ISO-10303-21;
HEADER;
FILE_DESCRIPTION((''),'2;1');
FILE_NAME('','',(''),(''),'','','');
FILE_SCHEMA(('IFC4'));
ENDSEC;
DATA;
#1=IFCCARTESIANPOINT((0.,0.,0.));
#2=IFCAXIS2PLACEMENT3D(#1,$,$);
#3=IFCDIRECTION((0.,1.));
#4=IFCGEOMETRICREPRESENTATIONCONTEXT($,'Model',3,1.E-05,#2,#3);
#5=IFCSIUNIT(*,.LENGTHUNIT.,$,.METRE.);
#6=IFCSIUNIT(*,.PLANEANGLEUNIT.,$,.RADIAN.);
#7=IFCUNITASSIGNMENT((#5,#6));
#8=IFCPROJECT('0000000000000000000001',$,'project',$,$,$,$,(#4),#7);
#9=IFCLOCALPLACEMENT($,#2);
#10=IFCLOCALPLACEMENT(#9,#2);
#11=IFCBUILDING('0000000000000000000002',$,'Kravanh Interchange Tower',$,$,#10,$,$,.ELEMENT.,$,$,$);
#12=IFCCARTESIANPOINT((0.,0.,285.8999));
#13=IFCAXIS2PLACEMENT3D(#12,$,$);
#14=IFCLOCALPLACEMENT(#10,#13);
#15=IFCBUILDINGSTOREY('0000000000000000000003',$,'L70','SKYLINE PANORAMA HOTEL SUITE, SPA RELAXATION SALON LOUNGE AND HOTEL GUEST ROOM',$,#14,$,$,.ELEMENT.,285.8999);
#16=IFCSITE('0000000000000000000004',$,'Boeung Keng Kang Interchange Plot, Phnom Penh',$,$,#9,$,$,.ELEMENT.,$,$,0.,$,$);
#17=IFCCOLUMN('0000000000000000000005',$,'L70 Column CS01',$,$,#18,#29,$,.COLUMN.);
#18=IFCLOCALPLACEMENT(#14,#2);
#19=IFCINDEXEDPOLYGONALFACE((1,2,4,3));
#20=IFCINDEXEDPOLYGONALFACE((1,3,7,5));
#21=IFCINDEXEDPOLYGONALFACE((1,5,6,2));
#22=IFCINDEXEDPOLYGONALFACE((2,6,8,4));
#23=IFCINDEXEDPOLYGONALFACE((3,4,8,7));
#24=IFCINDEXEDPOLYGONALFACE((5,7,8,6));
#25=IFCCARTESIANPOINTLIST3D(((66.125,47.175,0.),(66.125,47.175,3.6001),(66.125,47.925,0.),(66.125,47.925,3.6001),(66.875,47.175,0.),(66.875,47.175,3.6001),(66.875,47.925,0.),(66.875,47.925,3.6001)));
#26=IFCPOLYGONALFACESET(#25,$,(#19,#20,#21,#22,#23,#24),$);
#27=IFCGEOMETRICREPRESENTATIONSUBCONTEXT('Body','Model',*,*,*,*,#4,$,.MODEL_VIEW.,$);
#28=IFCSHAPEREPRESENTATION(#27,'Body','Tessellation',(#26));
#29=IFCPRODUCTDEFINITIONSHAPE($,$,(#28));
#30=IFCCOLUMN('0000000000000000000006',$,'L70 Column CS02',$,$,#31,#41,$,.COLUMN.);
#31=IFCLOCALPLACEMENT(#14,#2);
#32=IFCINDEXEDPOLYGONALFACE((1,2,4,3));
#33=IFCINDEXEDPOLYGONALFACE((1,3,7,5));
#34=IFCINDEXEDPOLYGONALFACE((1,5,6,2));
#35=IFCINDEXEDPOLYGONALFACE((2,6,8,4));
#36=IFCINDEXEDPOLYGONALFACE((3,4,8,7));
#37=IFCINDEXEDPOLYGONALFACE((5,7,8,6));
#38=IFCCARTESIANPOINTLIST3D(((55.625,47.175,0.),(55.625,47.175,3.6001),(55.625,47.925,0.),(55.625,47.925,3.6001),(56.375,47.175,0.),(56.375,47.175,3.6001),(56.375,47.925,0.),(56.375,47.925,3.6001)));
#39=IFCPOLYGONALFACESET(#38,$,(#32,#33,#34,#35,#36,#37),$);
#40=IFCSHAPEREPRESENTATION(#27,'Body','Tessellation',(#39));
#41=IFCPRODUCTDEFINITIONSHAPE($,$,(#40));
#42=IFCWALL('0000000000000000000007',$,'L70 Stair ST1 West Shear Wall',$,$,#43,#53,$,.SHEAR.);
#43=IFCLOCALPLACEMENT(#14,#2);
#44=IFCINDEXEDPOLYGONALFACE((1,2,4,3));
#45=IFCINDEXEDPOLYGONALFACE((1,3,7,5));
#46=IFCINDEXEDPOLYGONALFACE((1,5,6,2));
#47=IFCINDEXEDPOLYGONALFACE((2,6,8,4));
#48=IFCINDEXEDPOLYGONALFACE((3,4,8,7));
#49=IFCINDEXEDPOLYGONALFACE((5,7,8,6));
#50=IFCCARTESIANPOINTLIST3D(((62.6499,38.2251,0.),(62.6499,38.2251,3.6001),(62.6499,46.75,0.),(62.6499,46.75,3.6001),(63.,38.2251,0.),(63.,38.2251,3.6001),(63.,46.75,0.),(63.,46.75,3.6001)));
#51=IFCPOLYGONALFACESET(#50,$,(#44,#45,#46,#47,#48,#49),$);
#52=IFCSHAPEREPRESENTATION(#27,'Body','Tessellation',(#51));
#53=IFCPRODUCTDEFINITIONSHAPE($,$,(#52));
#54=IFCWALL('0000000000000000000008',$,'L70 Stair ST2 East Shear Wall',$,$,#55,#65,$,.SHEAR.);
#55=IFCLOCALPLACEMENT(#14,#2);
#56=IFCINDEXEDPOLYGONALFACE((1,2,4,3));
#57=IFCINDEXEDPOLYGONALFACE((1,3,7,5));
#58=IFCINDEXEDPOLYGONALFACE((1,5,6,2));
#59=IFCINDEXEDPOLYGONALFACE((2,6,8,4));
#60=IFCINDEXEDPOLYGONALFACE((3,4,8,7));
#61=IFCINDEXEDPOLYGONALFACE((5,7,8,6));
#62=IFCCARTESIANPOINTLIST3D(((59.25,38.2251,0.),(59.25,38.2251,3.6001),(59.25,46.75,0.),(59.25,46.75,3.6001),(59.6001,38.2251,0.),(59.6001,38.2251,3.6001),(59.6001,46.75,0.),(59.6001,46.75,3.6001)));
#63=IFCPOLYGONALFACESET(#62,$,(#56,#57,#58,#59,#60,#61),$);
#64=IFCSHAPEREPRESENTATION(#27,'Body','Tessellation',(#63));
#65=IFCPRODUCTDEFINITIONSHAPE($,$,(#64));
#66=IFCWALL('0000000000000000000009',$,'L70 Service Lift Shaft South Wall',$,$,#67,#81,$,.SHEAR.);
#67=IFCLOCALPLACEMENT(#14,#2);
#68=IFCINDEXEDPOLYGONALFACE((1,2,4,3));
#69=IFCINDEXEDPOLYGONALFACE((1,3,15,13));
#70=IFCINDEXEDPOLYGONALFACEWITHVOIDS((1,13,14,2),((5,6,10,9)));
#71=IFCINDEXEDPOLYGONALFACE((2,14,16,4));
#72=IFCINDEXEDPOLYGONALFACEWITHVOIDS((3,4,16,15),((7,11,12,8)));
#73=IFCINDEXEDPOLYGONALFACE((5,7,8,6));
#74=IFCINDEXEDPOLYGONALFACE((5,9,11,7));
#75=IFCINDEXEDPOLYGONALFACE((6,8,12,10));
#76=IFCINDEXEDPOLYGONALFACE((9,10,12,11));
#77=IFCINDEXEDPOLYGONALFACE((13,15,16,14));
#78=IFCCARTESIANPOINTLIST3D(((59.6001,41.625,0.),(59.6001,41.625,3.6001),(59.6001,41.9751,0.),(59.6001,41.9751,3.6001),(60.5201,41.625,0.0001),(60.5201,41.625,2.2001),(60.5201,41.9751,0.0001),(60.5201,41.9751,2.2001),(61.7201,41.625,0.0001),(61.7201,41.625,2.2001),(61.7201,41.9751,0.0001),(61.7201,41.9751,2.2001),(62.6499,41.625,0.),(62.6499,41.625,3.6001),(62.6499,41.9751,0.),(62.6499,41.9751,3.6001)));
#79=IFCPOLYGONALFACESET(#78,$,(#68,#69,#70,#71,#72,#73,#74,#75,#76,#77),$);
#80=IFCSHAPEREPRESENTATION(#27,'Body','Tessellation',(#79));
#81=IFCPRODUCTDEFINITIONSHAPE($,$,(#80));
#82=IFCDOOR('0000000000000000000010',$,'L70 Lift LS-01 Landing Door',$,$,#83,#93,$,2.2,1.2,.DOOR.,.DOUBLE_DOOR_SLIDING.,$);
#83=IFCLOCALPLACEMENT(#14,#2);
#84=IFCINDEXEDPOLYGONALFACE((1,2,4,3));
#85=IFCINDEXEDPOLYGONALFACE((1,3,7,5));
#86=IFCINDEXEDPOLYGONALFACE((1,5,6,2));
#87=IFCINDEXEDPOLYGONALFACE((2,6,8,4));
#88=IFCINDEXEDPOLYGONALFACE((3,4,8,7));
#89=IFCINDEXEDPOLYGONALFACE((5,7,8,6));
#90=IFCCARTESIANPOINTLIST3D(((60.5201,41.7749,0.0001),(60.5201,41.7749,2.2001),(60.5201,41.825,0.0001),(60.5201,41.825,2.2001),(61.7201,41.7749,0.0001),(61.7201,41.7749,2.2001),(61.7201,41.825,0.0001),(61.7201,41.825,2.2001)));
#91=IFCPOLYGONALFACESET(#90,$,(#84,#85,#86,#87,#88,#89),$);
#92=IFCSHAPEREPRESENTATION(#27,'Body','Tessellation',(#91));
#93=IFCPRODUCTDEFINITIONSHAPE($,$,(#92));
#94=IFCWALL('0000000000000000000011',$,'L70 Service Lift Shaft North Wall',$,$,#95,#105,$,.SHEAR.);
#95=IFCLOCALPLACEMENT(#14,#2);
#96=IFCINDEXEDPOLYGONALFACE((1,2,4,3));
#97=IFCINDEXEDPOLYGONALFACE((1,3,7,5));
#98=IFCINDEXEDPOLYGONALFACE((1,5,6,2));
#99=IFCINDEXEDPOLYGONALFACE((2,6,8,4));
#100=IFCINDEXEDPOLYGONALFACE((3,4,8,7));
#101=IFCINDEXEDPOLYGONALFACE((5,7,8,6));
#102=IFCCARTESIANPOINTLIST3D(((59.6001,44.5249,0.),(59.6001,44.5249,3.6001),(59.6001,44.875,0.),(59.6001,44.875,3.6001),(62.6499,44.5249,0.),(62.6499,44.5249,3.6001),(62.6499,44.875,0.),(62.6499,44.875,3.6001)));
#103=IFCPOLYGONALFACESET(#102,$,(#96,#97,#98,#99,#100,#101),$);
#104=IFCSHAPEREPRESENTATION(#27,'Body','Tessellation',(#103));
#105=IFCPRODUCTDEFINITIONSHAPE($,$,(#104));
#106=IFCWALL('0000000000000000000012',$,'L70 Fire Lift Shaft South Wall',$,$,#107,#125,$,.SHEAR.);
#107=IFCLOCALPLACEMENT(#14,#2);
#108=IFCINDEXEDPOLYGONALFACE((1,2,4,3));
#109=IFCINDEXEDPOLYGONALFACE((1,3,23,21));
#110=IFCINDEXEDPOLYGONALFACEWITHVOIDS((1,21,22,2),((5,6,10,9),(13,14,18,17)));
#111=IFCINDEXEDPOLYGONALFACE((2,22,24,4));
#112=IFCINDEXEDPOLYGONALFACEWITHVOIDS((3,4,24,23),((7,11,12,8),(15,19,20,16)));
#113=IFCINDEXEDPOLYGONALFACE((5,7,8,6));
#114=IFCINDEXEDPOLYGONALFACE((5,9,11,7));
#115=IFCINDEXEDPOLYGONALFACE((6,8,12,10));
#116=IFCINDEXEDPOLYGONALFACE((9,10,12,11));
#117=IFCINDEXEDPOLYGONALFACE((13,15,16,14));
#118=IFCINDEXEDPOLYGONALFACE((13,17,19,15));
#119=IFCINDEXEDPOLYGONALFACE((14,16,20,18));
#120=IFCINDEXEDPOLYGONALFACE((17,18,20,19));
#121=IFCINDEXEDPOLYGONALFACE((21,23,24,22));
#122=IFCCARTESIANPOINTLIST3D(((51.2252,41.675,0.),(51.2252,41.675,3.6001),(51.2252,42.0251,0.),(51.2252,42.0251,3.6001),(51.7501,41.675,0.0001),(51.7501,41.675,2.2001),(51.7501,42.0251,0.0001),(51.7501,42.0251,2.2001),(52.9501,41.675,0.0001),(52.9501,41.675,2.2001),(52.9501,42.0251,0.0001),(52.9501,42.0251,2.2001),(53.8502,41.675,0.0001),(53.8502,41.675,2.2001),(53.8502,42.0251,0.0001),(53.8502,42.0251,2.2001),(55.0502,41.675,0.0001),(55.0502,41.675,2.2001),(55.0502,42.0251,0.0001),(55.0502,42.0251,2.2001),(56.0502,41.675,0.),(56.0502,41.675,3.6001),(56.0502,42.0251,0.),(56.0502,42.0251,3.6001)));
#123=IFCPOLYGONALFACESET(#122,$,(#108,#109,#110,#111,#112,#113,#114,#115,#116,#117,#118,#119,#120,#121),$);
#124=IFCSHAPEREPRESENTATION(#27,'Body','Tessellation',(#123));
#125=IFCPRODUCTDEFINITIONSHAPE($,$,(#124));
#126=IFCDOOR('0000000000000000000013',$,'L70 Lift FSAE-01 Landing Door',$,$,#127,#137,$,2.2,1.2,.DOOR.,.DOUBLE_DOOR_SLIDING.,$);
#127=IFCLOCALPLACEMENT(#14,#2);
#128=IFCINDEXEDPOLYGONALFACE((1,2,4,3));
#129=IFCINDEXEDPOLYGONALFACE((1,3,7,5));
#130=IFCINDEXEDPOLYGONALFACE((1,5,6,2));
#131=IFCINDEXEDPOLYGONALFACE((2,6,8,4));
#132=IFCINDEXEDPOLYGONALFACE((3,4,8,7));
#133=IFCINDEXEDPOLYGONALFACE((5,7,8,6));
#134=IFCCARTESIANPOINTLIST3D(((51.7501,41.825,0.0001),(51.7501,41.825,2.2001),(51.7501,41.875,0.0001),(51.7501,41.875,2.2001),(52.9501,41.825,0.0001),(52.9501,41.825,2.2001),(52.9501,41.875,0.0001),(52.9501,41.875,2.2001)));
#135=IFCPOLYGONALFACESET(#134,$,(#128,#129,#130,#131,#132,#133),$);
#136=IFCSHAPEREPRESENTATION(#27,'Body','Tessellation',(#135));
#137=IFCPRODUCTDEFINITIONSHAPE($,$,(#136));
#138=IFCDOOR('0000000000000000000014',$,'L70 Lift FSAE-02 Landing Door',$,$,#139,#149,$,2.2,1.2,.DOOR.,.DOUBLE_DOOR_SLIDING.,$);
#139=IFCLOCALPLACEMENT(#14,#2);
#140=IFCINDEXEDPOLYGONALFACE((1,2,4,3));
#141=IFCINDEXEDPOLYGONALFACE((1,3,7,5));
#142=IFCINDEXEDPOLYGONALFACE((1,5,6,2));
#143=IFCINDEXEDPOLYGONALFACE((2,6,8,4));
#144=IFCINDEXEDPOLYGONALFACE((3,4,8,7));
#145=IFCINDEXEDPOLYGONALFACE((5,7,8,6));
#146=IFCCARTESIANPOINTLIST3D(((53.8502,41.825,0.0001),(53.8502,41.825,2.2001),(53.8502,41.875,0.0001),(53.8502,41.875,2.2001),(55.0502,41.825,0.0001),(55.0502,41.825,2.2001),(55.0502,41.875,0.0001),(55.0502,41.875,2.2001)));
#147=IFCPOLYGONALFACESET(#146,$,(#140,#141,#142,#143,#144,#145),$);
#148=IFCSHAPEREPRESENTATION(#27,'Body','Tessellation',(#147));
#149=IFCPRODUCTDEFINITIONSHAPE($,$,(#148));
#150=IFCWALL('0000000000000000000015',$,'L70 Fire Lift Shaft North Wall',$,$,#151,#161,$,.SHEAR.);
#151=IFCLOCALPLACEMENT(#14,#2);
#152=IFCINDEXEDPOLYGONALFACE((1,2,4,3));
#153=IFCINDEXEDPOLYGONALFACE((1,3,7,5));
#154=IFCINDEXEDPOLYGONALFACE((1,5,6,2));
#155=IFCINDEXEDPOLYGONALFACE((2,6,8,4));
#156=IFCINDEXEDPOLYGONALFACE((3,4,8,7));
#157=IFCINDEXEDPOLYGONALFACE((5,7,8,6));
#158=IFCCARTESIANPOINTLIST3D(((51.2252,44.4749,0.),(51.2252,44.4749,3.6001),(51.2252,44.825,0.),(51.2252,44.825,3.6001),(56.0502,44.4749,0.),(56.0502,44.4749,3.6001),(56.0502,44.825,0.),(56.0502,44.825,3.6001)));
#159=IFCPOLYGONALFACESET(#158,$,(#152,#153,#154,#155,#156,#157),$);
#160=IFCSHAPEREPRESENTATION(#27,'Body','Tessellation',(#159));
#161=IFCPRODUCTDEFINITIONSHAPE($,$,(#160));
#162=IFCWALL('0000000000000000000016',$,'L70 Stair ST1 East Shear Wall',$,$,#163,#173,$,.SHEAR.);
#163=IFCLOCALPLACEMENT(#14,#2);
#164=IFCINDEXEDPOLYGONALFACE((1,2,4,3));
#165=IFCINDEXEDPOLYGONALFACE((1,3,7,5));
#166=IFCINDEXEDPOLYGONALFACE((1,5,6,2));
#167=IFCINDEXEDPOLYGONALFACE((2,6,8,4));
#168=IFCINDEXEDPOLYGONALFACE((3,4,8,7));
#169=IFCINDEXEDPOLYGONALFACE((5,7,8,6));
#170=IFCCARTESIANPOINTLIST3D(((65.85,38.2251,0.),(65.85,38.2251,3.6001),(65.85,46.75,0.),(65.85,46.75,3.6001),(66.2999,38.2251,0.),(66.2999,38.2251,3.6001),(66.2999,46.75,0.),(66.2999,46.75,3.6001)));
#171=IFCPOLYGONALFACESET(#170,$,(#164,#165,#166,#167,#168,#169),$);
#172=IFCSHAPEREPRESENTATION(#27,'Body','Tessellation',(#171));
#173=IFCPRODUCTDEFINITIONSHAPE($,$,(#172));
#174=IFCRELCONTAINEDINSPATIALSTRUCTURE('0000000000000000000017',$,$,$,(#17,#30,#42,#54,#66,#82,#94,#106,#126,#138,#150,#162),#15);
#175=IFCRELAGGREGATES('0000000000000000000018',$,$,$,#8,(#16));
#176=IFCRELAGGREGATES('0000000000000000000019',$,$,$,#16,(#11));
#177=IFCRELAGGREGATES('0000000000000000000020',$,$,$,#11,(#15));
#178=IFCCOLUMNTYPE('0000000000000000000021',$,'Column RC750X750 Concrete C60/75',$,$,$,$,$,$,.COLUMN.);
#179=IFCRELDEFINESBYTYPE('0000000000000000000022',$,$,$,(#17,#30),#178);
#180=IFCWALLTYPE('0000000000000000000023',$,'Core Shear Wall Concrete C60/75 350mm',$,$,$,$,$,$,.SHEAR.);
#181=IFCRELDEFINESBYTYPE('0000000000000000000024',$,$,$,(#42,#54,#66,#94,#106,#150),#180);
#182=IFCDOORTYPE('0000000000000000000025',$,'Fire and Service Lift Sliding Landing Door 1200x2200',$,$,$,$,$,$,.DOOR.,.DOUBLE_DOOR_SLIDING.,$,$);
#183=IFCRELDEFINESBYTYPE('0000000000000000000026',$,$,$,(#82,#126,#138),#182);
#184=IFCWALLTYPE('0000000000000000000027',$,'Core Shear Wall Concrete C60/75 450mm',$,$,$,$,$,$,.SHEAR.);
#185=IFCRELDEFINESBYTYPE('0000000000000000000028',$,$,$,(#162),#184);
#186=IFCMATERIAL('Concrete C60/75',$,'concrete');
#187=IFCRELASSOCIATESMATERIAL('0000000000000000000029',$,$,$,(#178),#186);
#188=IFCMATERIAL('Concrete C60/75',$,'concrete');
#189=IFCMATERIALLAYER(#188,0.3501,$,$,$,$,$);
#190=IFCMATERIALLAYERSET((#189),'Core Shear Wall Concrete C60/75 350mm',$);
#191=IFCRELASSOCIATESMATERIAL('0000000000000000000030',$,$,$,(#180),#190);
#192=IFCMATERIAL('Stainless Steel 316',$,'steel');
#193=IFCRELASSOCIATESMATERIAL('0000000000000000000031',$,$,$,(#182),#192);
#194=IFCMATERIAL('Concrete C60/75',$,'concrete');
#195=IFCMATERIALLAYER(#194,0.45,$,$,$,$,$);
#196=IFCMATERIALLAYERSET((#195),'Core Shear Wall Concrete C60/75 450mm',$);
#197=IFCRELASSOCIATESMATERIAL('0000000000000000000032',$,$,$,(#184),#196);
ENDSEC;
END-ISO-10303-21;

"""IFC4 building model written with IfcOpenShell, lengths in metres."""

from ifc_helpers import new_model, si_unit, direction, frame, frame_2d, origin, origin_2d, place, context, subcontext, project, spatial, rectangle, extrude, material, layer, layer_set, material_profile, profile_set, type_object, element, fill, save


model = new_model("IFC4")

# Units and contexts
model_context = context("Model", 3, precision=1e-05, world=origin(), true_north=direction((0.0, 1.0)))
body_context = subcontext(model_context, "Body", "Model", "MODEL_VIEW")
ifc_project = project(units=[si_unit("LENGTHUNIT", "METRE"), si_unit("PLANEANGLEUNIT", "RADIAN")], contexts=[model_context])

# Site, building, storey
site_placement = place(None, origin())
site = spatial("IfcSite", under=ifc_project, at=site_placement, Name="Boeung Keng Kang Interchange Plot, Phnom Penh", CompositionType="ELEMENT", RefElevation=0.0)
building_placement = place(site_placement, origin())
building = spatial("IfcBuilding", under=site, at=building_placement, Name="Kravanh Interchange Tower", CompositionType="ELEMENT")
storey_placement = place(building_placement, frame((0.0, 0.0, 285.8999)))
storey = spatial("IfcBuildingStorey", under=building, at=storey_placement, Name="L70", Description="SKYLINE PANORAMA HOTEL SUITE, SPA RELAXATION SALON LOUNGE AND HOTEL GUEST ROOM", CompositionType="ELEMENT", Elevation=285.8999)

# Columns
ifc_material_1 = material(Name="Concrete C60/75", Category="concrete")
ifc_material_profile = material_profile(ifc_material_1, rectangle(XDim=0.75, YDim=0.75, at=origin_2d()), Name="RC750X750")
ifc_profile_set = profile_set([ifc_material_profile], Name="Concrete C60/75")
column_type = type_object("IfcColumnType", Name="Column RC750X750 Concrete C60/75", PredefinedType="COLUMN", material=ifc_profile_set)
for number, where, z_axis, x_axis, name in (
    (1, (66.5, 47.55, 0.0), (0.0, 0.0, 1.0), (1.0, 0.0, 0.0), "L70 Column CS01"),
    (2, (56.0, 47.55, 0.0), (0.0, 0.0, 1.0), (1.0, 0.0, 0.0), "L70 Column CS02"),
):
    element("IfcColumn", number, at=place(storey_placement, frame(where, z_axis=z_axis, x_axis=x_axis)), inside=storey, type_object=column_type, Name=name, PredefinedType="COLUMN", context=body_context, shape_type="SweptSolid", body=[
        extrude(rectangle(XDim=0.75, YDim=0.75, at=origin_2d()), origin(), (0.0, 0.0, 1.0), 3.6001),
    ])

# Walls
ifc_material_2 = material(Name="Concrete C60/75", Category="concrete")
ifc_layer_1 = layer(ifc_material_2, 0.3501)
ifc_layer_set_1 = layer_set([ifc_layer_1], Name="Core Shear Wall Concrete C60/75 350mm")
wall_type_1 = type_object("IfcWallType", Name="Core Shear Wall Concrete C60/75 350mm", PredefinedType="SHEAR", material=ifc_layer_set_1)
for number, where, z_axis, x_axis, name in (
    (3, (62.825, 38.2251, 0.0), (0.0, 0.0, 1.0), (0.0, 1.0, 0.0), "L70 Stair ST1 West Shear Wall"),
    (4, (59.425, 38.2251, 0.0), (0.0, 0.0, 1.0), (0.0, 1.0, 0.0), "L70 Stair ST2 East Shear Wall"),
):
    element("IfcWall", number, at=place(storey_placement, frame(where, z_axis=z_axis, x_axis=x_axis)), inside=storey, type_object=wall_type_1, Name=name, PredefinedType="SHEAR", context=body_context, shape_type="SweptSolid", body=[
        extrude(rectangle(XDim=8.5249, YDim=0.3501, at=frame_2d((4.2625, 0.0))), origin(), (0.0, 0.0, 1.0), 3.6001),
    ])

# Wall, opening, door
wall_1_placement = place(storey_placement, frame((59.6001, 41.8, 0.0), z_axis=(0.0, 0.0, 1.0), x_axis=(1.0, 0.0, 0.0)))
wall_1 = element("IfcWall", 5, at=wall_1_placement, inside=storey, type_object=wall_type_1, Name="L70 Service Lift Shaft South Wall", PredefinedType="SHEAR", context=body_context, shape_type="SweptSolid", body=[
    extrude(rectangle(XDim=3.0498, YDim=0.3501, at=frame_2d((1.5249, 0.0))), origin(), (0.0, 0.0, 1.0), 3.6001),
])
opening_1_placement = place(wall_1_placement, frame((0.9199, 0.0, 0.0)))
opening_1 = element("IfcOpeningElement", 6, at=opening_1_placement, cuts=wall_1, PredefinedType="OPENING", context=body_context, shape_type="SweptSolid", body=[
    extrude(rectangle(XDim=1.2, YDim=2.2, at=frame_2d((0.6001, 1.1001))), frame((0.0, 0.1851, 0.0), z_axis=(0.0, -1.0, 0.0), x_axis=(1.0, 0.0, 0.0)), (0.0, 0.0, 1.0), 0.3701),
])
ifc_material_3 = material(Name="Stainless Steel 316", Category="steel")
door_type = type_object("IfcDoorType", Name="Fire and Service Lift Sliding Landing Door 1200x2200", OperationType="DOUBLE_DOOR_SLIDING", PredefinedType="DOOR", material=ifc_material_3)
door_1_placement = place(opening_1_placement, origin())
door_1 = element("IfcDoor", 7, at=door_1_placement, inside=storey, type_object=door_type, Name="L70 Lift LS-01 Landing Door", OperationType="DOUBLE_DOOR_SLIDING", OverallHeight=2.2, OverallWidth=1.2, PredefinedType="DOOR", context=body_context, shape_type="SweptSolid", body=[
    extrude(rectangle(XDim=1.2, YDim=2.2, at=frame_2d((0.6001, 1.1001))), frame((0.0, 0.0249, 0.0), z_axis=(0.0, -1.0, 0.0), x_axis=(1.0, 0.0, 0.0)), (0.0, 0.0, 1.0), 0.05),
])
fill(opening_1, door_1)

# Wall
wall_2_placement = place(storey_placement, frame((59.6001, 44.7, 0.0), z_axis=(0.0, 0.0, 1.0), x_axis=(1.0, 0.0, 0.0)))
element("IfcWall", 8, at=wall_2_placement, inside=storey, type_object=wall_type_1, Name="L70 Service Lift Shaft North Wall", PredefinedType="SHEAR", context=body_context, shape_type="SweptSolid", body=[
    extrude(rectangle(XDim=3.0498, YDim=0.3501, at=frame_2d((1.5249, 0.0))), origin(), (0.0, 0.0, 1.0), 3.6001),
])

# Wall, openings, doors
wall_3_placement = place(storey_placement, frame((51.2251, 41.8501, 0.0), z_axis=(0.0, 0.0, 1.0), x_axis=(1.0, 0.0, 0.0)))
wall_3 = element("IfcWall", 9, at=wall_3_placement, inside=storey, type_object=wall_type_1, Name="L70 Fire Lift Shaft South Wall", PredefinedType="SHEAR", context=body_context, shape_type="SweptSolid", body=[
    extrude(rectangle(XDim=4.825, YDim=0.3501, at=frame_2d((2.4126, 0.0))), origin(), (0.0, 0.0, 1.0), 3.6001),
])
opening_2_placement = place(wall_3_placement, frame((0.5249, 0.0, 0.0)))
opening_2 = element("IfcOpeningElement", 10, at=opening_2_placement, cuts=wall_3, PredefinedType="OPENING", context=body_context, shape_type="SweptSolid", body=[
    extrude(rectangle(XDim=1.2, YDim=2.2, at=frame_2d((0.6001, 1.1001))), frame((0.0, 0.1851, 0.0), z_axis=(0.0, -1.0, 0.0), x_axis=(1.0, 0.0, 0.0)), (0.0, 0.0, 1.0), 0.3701),
])
opening_3_placement = place(wall_3_placement, frame((2.625, 0.0, 0.0)))
opening_3 = element("IfcOpeningElement", 11, at=opening_3_placement, cuts=wall_3, PredefinedType="OPENING", context=body_context, shape_type="SweptSolid", body=[
    extrude(rectangle(XDim=1.2, YDim=2.2, at=frame_2d((0.6001, 1.1001))), frame((0.0, 0.1851, 0.0), z_axis=(0.0, -1.0, 0.0), x_axis=(1.0, 0.0, 0.0)), (0.0, 0.0, 1.0), 0.3701),
])
door_2_placement = place(opening_2_placement, origin())
door_2 = element("IfcDoor", 12, at=door_2_placement, inside=storey, type_object=door_type, Name="L70 Lift FSAE-01 Landing Door", OperationType="DOUBLE_DOOR_SLIDING", OverallHeight=2.2, OverallWidth=1.2, PredefinedType="DOOR", context=body_context, shape_type="SweptSolid", body=[
    extrude(rectangle(XDim=1.2, YDim=2.2, at=frame_2d((0.6001, 1.1001))), frame((0.0, 0.0249, 0.0), z_axis=(0.0, -1.0, 0.0), x_axis=(1.0, 0.0, 0.0)), (0.0, 0.0, 1.0), 0.05),
])
fill(opening_2, door_2)
door_3_placement = place(opening_3_placement, origin())
door_3 = element("IfcDoor", 13, at=door_3_placement, inside=storey, type_object=door_type, Name="L70 Lift FSAE-02 Landing Door", OperationType="DOUBLE_DOOR_SLIDING", OverallHeight=2.2, OverallWidth=1.2, PredefinedType="DOOR", context=body_context, shape_type="SweptSolid", body=[
    extrude(rectangle(XDim=1.2, YDim=2.2, at=frame_2d((0.6001, 1.1001))), frame((0.0, 0.0249, 0.0), z_axis=(0.0, -1.0, 0.0), x_axis=(1.0, 0.0, 0.0)), (0.0, 0.0, 1.0), 0.05),
])
fill(opening_3, door_3)

# Walls
wall_4_placement = place(storey_placement, frame((51.2251, 44.6499, 0.0), z_axis=(0.0, 0.0, 1.0), x_axis=(1.0, 0.0, 0.0)))
element("IfcWall", 14, at=wall_4_placement, inside=storey, type_object=wall_type_1, Name="L70 Fire Lift Shaft North Wall", PredefinedType="SHEAR", context=body_context, shape_type="SweptSolid", body=[
    extrude(rectangle(XDim=4.825, YDim=0.3501, at=frame_2d((2.4126, 0.0))), origin(), (0.0, 0.0, 1.0), 3.6001),
])
ifc_material_4 = material(Name="Concrete C60/75", Category="concrete")
ifc_layer_2 = layer(ifc_material_4, 0.45)
ifc_layer_set_2 = layer_set([ifc_layer_2], Name="Core Shear Wall Concrete C60/75 450mm")
wall_type_2 = type_object("IfcWallType", Name="Core Shear Wall Concrete C60/75 450mm", PredefinedType="SHEAR", material=ifc_layer_set_2)
wall_5_placement = place(storey_placement, frame((66.075, 38.2251, 0.0), z_axis=(0.0, 0.0, 1.0), x_axis=(0.0, 1.0, 0.0)))
element("IfcWall", 15, at=wall_5_placement, inside=storey, type_object=wall_type_2, Name="L70 Stair ST1 East Shear Wall", PredefinedType="SHEAR", context=body_context, shape_type="SweptSolid", body=[
    extrude(rectangle(XDim=8.5249, YDim=0.45, at=frame_2d((4.2625, 0.0))), origin(), (0.0, 0.0, 1.0), 3.6001),
])

save(model, "model.ifc")
